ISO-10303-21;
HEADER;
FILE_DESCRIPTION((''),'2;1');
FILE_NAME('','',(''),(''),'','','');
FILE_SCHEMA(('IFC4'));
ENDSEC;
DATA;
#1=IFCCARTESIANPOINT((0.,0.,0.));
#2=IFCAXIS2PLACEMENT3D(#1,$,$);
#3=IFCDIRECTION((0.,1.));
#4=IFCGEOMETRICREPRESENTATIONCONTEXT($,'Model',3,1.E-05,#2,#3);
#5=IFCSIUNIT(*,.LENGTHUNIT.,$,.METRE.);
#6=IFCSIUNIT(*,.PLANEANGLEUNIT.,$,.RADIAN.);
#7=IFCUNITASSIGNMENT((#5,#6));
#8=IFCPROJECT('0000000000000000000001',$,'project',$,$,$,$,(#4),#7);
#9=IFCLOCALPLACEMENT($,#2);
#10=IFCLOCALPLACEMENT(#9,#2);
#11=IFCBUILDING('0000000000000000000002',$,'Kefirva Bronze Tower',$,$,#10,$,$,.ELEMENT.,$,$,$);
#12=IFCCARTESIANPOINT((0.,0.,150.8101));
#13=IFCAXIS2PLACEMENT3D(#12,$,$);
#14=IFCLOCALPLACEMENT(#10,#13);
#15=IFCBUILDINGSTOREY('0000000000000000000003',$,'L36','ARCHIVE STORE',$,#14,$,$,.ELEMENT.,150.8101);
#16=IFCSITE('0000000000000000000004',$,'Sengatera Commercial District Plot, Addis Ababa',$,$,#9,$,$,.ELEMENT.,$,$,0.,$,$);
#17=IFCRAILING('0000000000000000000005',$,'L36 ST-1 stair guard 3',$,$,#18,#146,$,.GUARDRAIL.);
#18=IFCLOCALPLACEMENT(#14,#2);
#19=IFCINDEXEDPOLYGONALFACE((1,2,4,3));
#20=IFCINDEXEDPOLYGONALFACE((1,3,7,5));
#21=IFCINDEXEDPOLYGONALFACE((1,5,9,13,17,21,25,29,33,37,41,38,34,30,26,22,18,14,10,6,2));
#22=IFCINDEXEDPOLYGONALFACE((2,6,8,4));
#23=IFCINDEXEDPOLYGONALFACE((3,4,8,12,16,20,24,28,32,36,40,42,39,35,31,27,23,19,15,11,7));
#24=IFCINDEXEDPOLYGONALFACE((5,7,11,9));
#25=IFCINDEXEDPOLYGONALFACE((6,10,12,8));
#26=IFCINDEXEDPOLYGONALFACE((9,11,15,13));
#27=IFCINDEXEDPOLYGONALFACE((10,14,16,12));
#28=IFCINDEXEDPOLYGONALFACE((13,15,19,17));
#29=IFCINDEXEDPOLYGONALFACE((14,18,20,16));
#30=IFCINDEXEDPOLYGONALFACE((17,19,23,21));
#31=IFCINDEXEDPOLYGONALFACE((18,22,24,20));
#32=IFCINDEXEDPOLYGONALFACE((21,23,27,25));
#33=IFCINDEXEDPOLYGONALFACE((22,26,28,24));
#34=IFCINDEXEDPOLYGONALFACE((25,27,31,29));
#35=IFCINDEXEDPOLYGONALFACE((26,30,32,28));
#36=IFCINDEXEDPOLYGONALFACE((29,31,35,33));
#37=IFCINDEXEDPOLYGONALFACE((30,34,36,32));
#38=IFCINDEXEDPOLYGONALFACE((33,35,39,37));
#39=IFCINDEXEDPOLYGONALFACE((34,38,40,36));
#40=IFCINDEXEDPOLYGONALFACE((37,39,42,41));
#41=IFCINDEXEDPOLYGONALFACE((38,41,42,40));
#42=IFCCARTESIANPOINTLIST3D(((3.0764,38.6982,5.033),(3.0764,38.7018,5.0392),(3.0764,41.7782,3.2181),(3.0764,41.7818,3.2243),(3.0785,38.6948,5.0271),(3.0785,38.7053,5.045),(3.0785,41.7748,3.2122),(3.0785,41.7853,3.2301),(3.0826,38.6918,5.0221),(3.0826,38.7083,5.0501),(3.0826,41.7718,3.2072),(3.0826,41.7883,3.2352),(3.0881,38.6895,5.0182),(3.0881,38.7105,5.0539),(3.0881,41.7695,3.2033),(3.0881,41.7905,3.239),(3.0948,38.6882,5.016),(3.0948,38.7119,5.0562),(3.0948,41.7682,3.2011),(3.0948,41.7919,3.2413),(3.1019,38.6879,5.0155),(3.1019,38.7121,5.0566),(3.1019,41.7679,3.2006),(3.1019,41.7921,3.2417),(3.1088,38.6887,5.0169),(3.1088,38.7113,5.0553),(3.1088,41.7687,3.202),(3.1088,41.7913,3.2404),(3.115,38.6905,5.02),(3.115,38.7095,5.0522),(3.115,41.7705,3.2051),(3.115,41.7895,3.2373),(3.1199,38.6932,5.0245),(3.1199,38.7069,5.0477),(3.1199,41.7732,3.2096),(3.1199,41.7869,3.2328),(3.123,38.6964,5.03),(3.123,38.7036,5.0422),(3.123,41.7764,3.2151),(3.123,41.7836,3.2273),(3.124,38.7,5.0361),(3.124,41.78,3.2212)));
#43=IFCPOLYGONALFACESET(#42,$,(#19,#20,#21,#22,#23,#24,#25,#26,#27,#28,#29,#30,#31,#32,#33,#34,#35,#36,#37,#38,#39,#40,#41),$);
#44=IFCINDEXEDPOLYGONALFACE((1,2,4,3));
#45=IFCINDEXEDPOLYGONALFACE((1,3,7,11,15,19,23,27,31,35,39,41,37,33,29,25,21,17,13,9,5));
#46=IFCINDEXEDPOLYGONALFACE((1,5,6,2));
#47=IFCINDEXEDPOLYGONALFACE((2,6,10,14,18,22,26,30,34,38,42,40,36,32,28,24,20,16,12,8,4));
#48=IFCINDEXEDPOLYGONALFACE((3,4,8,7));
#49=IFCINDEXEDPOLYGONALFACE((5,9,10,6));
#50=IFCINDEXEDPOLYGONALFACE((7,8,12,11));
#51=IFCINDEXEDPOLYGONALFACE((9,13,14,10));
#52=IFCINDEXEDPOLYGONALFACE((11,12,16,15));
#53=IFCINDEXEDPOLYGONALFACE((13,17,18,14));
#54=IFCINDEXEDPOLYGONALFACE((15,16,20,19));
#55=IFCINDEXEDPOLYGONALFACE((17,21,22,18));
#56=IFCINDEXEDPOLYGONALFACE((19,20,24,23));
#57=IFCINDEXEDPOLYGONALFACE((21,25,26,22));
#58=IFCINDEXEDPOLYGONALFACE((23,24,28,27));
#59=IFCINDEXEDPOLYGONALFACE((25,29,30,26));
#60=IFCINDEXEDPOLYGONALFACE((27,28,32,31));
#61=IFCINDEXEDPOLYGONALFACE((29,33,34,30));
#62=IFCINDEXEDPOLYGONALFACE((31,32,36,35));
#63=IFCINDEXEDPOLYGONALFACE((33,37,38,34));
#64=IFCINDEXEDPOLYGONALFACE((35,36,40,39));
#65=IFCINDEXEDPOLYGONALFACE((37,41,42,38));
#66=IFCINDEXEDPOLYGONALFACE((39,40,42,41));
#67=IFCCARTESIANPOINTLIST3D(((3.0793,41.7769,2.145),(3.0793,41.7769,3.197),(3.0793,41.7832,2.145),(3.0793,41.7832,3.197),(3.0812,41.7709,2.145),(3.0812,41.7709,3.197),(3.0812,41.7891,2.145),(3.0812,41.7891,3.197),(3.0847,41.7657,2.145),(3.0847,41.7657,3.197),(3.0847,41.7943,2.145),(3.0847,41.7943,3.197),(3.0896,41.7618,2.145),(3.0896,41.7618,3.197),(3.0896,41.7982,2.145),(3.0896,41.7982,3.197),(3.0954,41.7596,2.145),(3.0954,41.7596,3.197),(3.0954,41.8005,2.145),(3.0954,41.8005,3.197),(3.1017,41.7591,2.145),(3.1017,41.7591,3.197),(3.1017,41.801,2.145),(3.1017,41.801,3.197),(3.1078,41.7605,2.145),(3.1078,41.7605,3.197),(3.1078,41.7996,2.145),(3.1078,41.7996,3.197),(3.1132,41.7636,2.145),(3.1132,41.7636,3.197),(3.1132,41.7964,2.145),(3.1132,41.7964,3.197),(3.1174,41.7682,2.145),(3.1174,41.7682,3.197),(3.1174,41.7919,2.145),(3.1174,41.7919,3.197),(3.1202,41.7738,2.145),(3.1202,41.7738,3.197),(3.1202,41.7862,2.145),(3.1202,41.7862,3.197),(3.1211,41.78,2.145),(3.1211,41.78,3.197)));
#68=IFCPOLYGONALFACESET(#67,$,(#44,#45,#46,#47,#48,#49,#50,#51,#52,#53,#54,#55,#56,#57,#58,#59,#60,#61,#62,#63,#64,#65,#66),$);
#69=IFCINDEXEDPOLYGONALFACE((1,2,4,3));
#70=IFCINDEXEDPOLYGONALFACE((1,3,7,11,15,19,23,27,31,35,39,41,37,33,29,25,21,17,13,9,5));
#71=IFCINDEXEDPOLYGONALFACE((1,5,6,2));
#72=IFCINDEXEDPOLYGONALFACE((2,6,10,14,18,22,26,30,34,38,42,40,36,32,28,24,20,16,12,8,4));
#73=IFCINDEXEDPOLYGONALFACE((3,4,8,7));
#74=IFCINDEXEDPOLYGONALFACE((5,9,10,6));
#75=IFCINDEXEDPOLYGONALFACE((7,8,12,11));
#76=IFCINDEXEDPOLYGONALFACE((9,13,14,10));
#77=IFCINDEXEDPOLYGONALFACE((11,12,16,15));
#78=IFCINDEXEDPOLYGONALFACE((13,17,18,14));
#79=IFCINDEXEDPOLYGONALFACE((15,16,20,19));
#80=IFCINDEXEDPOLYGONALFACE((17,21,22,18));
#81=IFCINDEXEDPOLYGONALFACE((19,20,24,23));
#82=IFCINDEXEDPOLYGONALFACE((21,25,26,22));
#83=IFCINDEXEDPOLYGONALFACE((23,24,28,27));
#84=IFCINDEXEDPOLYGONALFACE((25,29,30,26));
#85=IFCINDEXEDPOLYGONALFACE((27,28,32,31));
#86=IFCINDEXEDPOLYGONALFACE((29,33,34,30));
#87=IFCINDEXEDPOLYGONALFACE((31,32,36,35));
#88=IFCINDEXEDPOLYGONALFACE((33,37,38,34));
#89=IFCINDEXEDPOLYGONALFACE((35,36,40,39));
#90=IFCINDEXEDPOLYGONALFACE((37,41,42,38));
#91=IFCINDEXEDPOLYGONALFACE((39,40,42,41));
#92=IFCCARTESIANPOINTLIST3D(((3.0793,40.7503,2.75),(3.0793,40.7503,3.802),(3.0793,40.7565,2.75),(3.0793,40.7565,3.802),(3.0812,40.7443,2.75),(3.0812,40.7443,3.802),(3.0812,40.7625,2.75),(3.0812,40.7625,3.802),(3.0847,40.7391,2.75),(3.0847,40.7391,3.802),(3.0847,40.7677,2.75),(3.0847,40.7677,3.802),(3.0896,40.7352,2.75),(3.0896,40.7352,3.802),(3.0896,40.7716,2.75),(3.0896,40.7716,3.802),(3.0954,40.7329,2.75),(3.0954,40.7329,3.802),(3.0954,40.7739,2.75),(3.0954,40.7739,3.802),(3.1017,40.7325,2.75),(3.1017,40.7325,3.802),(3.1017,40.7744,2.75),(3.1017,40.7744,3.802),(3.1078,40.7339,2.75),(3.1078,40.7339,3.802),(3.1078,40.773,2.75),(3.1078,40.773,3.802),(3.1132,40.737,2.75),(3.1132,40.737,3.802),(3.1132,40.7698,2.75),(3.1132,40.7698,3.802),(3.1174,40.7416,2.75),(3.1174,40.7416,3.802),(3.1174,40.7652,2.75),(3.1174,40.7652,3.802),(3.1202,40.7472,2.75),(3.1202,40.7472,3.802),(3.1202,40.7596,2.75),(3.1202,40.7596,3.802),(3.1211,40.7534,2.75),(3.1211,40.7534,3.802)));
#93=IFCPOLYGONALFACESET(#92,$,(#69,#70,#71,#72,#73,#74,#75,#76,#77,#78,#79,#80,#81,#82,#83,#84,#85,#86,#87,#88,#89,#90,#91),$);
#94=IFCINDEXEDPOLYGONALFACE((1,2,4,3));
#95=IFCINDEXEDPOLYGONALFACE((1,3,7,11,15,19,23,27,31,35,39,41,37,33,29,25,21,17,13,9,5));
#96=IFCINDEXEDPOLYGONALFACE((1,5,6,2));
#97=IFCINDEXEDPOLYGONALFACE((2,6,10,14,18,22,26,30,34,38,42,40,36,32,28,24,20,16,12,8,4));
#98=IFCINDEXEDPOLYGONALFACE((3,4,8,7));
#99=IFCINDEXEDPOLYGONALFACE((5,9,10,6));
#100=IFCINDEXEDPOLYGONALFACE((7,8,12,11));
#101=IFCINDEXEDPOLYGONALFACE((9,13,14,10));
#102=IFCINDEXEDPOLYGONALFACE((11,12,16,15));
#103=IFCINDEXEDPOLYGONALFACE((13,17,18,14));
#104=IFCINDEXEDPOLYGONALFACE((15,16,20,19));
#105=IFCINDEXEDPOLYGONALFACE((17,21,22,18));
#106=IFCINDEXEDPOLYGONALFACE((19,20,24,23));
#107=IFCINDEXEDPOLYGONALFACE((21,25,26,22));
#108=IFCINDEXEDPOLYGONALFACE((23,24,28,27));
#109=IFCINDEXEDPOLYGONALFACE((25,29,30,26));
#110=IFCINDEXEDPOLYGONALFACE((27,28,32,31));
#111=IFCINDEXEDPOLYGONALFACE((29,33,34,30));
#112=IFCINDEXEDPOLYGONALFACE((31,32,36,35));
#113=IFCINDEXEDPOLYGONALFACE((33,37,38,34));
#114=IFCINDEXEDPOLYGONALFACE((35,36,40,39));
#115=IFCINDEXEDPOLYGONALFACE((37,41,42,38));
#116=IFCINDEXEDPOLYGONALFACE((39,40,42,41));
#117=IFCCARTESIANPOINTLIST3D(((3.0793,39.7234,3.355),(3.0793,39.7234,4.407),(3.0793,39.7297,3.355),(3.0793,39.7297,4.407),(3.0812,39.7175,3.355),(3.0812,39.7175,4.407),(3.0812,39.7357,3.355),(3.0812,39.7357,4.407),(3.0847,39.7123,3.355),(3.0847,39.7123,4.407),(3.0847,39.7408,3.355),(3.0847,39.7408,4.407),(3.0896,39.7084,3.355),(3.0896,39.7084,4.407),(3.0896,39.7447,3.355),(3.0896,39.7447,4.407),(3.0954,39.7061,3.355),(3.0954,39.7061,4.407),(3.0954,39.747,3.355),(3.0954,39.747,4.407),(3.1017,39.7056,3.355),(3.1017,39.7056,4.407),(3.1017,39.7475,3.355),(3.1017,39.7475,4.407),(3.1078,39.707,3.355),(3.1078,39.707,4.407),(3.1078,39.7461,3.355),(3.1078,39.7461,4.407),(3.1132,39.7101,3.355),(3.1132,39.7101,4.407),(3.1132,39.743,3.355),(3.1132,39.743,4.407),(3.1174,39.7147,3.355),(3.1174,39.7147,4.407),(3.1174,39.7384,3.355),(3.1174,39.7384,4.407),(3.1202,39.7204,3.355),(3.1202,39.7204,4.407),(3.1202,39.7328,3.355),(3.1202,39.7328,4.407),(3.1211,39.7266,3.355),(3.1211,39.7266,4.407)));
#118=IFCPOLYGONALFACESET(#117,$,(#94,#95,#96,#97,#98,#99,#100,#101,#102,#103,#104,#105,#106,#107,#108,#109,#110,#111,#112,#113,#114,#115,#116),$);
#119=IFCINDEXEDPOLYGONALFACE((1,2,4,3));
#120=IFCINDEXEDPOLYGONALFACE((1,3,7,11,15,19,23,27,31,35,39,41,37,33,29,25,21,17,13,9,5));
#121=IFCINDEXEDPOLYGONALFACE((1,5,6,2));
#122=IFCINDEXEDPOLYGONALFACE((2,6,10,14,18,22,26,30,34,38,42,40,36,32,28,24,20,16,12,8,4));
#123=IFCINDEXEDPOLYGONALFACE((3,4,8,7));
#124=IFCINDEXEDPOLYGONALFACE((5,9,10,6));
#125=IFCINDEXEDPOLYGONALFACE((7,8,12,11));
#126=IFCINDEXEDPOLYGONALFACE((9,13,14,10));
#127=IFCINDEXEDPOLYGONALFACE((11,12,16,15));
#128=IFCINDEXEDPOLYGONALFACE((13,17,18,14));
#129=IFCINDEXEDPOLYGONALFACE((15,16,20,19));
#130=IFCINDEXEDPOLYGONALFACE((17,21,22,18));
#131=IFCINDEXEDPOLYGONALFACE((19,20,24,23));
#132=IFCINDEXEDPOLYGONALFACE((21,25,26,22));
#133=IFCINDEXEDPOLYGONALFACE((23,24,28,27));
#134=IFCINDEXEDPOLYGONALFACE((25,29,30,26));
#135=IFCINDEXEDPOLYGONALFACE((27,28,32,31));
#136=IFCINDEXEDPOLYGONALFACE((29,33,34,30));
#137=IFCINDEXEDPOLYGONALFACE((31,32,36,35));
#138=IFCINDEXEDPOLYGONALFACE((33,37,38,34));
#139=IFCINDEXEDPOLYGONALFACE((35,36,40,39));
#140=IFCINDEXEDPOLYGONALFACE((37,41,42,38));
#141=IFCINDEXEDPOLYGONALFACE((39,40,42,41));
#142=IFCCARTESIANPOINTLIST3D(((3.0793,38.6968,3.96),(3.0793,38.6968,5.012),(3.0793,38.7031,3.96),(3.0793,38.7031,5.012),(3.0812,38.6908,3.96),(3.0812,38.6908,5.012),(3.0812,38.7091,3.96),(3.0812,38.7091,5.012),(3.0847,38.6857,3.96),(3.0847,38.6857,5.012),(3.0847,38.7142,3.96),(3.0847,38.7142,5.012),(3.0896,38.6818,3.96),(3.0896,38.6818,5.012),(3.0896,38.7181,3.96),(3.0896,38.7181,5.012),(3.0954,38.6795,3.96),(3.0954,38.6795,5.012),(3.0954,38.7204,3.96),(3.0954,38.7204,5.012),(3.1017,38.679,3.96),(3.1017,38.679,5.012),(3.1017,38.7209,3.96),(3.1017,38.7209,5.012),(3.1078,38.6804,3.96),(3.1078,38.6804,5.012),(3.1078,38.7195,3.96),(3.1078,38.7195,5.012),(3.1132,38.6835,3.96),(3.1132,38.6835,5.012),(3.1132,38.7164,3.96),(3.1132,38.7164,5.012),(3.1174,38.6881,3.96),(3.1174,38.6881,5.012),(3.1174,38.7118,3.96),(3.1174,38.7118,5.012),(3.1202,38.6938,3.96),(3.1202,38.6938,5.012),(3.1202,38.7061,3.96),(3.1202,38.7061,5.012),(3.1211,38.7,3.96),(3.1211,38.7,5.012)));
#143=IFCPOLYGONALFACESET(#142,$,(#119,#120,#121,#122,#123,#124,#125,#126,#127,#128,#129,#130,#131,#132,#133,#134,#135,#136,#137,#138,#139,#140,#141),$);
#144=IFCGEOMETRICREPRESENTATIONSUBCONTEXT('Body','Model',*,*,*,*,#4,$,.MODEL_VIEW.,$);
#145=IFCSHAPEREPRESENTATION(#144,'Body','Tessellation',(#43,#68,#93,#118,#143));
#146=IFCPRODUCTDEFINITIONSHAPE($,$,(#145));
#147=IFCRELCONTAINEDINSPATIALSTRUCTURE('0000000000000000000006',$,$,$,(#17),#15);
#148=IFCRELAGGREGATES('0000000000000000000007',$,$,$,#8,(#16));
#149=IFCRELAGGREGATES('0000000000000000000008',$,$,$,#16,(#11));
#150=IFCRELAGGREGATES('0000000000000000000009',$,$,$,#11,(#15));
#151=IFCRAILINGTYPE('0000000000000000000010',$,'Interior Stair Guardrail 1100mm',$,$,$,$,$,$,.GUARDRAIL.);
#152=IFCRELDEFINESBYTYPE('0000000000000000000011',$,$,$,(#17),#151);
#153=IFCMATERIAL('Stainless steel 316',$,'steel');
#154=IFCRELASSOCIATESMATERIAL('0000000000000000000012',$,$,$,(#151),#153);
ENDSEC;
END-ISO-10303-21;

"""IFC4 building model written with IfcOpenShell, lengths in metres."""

from ifc_helpers import new_model, si_unit, direction, frame, origin, origin_2d, place, context, subcontext, project, spatial, circle, extrude, material, type_object, element, save


model = new_model("IFC4")

# Units and contexts
model_context = context("Model", 3, precision=1e-05, world=origin(), true_north=direction((0.0, 1.0)))
body_context = subcontext(model_context, "Body", "Model", "MODEL_VIEW")
ifc_project = project(units=[si_unit("LENGTHUNIT", "METRE"), si_unit("PLANEANGLEUNIT", "RADIAN")], contexts=[model_context])

# Site, building, storey
site_placement = place(None, origin())
site = spatial("IfcSite", under=ifc_project, at=site_placement, Name="Sengatera Commercial District Plot, Addis Ababa", CompositionType="ELEMENT", RefElevation=0.0)
building_placement = place(site_placement, origin())
building = spatial("IfcBuilding", under=site, at=building_placement, Name="Kefirva Bronze Tower", CompositionType="ELEMENT")
storey_placement = place(building_placement, frame((0.0, 0.0, 150.8101)))
storey = spatial("IfcBuildingStorey", under=building, at=storey_placement, Name="L36", Description="ARCHIVE STORE", CompositionType="ELEMENT", Elevation=150.8101)

# Railing
ifc_material_1 = material(Name="Stainless steel 316", Category="steel")
railing_type_1 = type_object("IfcRailingType", Name="Interior Stair Guardrail 1100mm", PredefinedType="GUARDRAIL", material=ifc_material_1)
railing_1_placement = place(storey_placement, frame((3.1001, 41.78, 2.145)))
element("IfcRailing", 1, at=railing_1_placement, inside=storey, type_object=railing_type_1, Name="L36 ST-1 stair guard 3", PredefinedType="GUARDRAIL", context=body_context, shape_type="SweptSolid", body=[
    extrude(circle(Radius=0.0239, at=origin_2d()), frame((0.0, 0.0, 1.0762), z_axis=(0.0, -0.861551, 0.507671), x_axis=(1.0, 0.0, 0.0)), (0.0, 0.0, 1.0), 3.575),
    extrude(circle(Radius=0.021, at=origin_2d()), origin(), (0.0, 0.0, 1.0), 1.052),
    extrude(circle(Radius=0.021, at=origin_2d()), frame((0.0, -1.0266, 0.605)), (0.0, 0.0, 1.0), 1.052),
    extrude(circle(Radius=0.021, at=origin_2d()), frame((0.0, -2.0535, 1.21)), (0.0, 0.0, 1.0), 1.052),
    extrude(circle(Radius=0.021, at=origin_2d()), frame((0.0, -3.0801, 1.8149)), (0.0, 0.0, 1.0), 1.052),
])

save(model, "model.ifc")
